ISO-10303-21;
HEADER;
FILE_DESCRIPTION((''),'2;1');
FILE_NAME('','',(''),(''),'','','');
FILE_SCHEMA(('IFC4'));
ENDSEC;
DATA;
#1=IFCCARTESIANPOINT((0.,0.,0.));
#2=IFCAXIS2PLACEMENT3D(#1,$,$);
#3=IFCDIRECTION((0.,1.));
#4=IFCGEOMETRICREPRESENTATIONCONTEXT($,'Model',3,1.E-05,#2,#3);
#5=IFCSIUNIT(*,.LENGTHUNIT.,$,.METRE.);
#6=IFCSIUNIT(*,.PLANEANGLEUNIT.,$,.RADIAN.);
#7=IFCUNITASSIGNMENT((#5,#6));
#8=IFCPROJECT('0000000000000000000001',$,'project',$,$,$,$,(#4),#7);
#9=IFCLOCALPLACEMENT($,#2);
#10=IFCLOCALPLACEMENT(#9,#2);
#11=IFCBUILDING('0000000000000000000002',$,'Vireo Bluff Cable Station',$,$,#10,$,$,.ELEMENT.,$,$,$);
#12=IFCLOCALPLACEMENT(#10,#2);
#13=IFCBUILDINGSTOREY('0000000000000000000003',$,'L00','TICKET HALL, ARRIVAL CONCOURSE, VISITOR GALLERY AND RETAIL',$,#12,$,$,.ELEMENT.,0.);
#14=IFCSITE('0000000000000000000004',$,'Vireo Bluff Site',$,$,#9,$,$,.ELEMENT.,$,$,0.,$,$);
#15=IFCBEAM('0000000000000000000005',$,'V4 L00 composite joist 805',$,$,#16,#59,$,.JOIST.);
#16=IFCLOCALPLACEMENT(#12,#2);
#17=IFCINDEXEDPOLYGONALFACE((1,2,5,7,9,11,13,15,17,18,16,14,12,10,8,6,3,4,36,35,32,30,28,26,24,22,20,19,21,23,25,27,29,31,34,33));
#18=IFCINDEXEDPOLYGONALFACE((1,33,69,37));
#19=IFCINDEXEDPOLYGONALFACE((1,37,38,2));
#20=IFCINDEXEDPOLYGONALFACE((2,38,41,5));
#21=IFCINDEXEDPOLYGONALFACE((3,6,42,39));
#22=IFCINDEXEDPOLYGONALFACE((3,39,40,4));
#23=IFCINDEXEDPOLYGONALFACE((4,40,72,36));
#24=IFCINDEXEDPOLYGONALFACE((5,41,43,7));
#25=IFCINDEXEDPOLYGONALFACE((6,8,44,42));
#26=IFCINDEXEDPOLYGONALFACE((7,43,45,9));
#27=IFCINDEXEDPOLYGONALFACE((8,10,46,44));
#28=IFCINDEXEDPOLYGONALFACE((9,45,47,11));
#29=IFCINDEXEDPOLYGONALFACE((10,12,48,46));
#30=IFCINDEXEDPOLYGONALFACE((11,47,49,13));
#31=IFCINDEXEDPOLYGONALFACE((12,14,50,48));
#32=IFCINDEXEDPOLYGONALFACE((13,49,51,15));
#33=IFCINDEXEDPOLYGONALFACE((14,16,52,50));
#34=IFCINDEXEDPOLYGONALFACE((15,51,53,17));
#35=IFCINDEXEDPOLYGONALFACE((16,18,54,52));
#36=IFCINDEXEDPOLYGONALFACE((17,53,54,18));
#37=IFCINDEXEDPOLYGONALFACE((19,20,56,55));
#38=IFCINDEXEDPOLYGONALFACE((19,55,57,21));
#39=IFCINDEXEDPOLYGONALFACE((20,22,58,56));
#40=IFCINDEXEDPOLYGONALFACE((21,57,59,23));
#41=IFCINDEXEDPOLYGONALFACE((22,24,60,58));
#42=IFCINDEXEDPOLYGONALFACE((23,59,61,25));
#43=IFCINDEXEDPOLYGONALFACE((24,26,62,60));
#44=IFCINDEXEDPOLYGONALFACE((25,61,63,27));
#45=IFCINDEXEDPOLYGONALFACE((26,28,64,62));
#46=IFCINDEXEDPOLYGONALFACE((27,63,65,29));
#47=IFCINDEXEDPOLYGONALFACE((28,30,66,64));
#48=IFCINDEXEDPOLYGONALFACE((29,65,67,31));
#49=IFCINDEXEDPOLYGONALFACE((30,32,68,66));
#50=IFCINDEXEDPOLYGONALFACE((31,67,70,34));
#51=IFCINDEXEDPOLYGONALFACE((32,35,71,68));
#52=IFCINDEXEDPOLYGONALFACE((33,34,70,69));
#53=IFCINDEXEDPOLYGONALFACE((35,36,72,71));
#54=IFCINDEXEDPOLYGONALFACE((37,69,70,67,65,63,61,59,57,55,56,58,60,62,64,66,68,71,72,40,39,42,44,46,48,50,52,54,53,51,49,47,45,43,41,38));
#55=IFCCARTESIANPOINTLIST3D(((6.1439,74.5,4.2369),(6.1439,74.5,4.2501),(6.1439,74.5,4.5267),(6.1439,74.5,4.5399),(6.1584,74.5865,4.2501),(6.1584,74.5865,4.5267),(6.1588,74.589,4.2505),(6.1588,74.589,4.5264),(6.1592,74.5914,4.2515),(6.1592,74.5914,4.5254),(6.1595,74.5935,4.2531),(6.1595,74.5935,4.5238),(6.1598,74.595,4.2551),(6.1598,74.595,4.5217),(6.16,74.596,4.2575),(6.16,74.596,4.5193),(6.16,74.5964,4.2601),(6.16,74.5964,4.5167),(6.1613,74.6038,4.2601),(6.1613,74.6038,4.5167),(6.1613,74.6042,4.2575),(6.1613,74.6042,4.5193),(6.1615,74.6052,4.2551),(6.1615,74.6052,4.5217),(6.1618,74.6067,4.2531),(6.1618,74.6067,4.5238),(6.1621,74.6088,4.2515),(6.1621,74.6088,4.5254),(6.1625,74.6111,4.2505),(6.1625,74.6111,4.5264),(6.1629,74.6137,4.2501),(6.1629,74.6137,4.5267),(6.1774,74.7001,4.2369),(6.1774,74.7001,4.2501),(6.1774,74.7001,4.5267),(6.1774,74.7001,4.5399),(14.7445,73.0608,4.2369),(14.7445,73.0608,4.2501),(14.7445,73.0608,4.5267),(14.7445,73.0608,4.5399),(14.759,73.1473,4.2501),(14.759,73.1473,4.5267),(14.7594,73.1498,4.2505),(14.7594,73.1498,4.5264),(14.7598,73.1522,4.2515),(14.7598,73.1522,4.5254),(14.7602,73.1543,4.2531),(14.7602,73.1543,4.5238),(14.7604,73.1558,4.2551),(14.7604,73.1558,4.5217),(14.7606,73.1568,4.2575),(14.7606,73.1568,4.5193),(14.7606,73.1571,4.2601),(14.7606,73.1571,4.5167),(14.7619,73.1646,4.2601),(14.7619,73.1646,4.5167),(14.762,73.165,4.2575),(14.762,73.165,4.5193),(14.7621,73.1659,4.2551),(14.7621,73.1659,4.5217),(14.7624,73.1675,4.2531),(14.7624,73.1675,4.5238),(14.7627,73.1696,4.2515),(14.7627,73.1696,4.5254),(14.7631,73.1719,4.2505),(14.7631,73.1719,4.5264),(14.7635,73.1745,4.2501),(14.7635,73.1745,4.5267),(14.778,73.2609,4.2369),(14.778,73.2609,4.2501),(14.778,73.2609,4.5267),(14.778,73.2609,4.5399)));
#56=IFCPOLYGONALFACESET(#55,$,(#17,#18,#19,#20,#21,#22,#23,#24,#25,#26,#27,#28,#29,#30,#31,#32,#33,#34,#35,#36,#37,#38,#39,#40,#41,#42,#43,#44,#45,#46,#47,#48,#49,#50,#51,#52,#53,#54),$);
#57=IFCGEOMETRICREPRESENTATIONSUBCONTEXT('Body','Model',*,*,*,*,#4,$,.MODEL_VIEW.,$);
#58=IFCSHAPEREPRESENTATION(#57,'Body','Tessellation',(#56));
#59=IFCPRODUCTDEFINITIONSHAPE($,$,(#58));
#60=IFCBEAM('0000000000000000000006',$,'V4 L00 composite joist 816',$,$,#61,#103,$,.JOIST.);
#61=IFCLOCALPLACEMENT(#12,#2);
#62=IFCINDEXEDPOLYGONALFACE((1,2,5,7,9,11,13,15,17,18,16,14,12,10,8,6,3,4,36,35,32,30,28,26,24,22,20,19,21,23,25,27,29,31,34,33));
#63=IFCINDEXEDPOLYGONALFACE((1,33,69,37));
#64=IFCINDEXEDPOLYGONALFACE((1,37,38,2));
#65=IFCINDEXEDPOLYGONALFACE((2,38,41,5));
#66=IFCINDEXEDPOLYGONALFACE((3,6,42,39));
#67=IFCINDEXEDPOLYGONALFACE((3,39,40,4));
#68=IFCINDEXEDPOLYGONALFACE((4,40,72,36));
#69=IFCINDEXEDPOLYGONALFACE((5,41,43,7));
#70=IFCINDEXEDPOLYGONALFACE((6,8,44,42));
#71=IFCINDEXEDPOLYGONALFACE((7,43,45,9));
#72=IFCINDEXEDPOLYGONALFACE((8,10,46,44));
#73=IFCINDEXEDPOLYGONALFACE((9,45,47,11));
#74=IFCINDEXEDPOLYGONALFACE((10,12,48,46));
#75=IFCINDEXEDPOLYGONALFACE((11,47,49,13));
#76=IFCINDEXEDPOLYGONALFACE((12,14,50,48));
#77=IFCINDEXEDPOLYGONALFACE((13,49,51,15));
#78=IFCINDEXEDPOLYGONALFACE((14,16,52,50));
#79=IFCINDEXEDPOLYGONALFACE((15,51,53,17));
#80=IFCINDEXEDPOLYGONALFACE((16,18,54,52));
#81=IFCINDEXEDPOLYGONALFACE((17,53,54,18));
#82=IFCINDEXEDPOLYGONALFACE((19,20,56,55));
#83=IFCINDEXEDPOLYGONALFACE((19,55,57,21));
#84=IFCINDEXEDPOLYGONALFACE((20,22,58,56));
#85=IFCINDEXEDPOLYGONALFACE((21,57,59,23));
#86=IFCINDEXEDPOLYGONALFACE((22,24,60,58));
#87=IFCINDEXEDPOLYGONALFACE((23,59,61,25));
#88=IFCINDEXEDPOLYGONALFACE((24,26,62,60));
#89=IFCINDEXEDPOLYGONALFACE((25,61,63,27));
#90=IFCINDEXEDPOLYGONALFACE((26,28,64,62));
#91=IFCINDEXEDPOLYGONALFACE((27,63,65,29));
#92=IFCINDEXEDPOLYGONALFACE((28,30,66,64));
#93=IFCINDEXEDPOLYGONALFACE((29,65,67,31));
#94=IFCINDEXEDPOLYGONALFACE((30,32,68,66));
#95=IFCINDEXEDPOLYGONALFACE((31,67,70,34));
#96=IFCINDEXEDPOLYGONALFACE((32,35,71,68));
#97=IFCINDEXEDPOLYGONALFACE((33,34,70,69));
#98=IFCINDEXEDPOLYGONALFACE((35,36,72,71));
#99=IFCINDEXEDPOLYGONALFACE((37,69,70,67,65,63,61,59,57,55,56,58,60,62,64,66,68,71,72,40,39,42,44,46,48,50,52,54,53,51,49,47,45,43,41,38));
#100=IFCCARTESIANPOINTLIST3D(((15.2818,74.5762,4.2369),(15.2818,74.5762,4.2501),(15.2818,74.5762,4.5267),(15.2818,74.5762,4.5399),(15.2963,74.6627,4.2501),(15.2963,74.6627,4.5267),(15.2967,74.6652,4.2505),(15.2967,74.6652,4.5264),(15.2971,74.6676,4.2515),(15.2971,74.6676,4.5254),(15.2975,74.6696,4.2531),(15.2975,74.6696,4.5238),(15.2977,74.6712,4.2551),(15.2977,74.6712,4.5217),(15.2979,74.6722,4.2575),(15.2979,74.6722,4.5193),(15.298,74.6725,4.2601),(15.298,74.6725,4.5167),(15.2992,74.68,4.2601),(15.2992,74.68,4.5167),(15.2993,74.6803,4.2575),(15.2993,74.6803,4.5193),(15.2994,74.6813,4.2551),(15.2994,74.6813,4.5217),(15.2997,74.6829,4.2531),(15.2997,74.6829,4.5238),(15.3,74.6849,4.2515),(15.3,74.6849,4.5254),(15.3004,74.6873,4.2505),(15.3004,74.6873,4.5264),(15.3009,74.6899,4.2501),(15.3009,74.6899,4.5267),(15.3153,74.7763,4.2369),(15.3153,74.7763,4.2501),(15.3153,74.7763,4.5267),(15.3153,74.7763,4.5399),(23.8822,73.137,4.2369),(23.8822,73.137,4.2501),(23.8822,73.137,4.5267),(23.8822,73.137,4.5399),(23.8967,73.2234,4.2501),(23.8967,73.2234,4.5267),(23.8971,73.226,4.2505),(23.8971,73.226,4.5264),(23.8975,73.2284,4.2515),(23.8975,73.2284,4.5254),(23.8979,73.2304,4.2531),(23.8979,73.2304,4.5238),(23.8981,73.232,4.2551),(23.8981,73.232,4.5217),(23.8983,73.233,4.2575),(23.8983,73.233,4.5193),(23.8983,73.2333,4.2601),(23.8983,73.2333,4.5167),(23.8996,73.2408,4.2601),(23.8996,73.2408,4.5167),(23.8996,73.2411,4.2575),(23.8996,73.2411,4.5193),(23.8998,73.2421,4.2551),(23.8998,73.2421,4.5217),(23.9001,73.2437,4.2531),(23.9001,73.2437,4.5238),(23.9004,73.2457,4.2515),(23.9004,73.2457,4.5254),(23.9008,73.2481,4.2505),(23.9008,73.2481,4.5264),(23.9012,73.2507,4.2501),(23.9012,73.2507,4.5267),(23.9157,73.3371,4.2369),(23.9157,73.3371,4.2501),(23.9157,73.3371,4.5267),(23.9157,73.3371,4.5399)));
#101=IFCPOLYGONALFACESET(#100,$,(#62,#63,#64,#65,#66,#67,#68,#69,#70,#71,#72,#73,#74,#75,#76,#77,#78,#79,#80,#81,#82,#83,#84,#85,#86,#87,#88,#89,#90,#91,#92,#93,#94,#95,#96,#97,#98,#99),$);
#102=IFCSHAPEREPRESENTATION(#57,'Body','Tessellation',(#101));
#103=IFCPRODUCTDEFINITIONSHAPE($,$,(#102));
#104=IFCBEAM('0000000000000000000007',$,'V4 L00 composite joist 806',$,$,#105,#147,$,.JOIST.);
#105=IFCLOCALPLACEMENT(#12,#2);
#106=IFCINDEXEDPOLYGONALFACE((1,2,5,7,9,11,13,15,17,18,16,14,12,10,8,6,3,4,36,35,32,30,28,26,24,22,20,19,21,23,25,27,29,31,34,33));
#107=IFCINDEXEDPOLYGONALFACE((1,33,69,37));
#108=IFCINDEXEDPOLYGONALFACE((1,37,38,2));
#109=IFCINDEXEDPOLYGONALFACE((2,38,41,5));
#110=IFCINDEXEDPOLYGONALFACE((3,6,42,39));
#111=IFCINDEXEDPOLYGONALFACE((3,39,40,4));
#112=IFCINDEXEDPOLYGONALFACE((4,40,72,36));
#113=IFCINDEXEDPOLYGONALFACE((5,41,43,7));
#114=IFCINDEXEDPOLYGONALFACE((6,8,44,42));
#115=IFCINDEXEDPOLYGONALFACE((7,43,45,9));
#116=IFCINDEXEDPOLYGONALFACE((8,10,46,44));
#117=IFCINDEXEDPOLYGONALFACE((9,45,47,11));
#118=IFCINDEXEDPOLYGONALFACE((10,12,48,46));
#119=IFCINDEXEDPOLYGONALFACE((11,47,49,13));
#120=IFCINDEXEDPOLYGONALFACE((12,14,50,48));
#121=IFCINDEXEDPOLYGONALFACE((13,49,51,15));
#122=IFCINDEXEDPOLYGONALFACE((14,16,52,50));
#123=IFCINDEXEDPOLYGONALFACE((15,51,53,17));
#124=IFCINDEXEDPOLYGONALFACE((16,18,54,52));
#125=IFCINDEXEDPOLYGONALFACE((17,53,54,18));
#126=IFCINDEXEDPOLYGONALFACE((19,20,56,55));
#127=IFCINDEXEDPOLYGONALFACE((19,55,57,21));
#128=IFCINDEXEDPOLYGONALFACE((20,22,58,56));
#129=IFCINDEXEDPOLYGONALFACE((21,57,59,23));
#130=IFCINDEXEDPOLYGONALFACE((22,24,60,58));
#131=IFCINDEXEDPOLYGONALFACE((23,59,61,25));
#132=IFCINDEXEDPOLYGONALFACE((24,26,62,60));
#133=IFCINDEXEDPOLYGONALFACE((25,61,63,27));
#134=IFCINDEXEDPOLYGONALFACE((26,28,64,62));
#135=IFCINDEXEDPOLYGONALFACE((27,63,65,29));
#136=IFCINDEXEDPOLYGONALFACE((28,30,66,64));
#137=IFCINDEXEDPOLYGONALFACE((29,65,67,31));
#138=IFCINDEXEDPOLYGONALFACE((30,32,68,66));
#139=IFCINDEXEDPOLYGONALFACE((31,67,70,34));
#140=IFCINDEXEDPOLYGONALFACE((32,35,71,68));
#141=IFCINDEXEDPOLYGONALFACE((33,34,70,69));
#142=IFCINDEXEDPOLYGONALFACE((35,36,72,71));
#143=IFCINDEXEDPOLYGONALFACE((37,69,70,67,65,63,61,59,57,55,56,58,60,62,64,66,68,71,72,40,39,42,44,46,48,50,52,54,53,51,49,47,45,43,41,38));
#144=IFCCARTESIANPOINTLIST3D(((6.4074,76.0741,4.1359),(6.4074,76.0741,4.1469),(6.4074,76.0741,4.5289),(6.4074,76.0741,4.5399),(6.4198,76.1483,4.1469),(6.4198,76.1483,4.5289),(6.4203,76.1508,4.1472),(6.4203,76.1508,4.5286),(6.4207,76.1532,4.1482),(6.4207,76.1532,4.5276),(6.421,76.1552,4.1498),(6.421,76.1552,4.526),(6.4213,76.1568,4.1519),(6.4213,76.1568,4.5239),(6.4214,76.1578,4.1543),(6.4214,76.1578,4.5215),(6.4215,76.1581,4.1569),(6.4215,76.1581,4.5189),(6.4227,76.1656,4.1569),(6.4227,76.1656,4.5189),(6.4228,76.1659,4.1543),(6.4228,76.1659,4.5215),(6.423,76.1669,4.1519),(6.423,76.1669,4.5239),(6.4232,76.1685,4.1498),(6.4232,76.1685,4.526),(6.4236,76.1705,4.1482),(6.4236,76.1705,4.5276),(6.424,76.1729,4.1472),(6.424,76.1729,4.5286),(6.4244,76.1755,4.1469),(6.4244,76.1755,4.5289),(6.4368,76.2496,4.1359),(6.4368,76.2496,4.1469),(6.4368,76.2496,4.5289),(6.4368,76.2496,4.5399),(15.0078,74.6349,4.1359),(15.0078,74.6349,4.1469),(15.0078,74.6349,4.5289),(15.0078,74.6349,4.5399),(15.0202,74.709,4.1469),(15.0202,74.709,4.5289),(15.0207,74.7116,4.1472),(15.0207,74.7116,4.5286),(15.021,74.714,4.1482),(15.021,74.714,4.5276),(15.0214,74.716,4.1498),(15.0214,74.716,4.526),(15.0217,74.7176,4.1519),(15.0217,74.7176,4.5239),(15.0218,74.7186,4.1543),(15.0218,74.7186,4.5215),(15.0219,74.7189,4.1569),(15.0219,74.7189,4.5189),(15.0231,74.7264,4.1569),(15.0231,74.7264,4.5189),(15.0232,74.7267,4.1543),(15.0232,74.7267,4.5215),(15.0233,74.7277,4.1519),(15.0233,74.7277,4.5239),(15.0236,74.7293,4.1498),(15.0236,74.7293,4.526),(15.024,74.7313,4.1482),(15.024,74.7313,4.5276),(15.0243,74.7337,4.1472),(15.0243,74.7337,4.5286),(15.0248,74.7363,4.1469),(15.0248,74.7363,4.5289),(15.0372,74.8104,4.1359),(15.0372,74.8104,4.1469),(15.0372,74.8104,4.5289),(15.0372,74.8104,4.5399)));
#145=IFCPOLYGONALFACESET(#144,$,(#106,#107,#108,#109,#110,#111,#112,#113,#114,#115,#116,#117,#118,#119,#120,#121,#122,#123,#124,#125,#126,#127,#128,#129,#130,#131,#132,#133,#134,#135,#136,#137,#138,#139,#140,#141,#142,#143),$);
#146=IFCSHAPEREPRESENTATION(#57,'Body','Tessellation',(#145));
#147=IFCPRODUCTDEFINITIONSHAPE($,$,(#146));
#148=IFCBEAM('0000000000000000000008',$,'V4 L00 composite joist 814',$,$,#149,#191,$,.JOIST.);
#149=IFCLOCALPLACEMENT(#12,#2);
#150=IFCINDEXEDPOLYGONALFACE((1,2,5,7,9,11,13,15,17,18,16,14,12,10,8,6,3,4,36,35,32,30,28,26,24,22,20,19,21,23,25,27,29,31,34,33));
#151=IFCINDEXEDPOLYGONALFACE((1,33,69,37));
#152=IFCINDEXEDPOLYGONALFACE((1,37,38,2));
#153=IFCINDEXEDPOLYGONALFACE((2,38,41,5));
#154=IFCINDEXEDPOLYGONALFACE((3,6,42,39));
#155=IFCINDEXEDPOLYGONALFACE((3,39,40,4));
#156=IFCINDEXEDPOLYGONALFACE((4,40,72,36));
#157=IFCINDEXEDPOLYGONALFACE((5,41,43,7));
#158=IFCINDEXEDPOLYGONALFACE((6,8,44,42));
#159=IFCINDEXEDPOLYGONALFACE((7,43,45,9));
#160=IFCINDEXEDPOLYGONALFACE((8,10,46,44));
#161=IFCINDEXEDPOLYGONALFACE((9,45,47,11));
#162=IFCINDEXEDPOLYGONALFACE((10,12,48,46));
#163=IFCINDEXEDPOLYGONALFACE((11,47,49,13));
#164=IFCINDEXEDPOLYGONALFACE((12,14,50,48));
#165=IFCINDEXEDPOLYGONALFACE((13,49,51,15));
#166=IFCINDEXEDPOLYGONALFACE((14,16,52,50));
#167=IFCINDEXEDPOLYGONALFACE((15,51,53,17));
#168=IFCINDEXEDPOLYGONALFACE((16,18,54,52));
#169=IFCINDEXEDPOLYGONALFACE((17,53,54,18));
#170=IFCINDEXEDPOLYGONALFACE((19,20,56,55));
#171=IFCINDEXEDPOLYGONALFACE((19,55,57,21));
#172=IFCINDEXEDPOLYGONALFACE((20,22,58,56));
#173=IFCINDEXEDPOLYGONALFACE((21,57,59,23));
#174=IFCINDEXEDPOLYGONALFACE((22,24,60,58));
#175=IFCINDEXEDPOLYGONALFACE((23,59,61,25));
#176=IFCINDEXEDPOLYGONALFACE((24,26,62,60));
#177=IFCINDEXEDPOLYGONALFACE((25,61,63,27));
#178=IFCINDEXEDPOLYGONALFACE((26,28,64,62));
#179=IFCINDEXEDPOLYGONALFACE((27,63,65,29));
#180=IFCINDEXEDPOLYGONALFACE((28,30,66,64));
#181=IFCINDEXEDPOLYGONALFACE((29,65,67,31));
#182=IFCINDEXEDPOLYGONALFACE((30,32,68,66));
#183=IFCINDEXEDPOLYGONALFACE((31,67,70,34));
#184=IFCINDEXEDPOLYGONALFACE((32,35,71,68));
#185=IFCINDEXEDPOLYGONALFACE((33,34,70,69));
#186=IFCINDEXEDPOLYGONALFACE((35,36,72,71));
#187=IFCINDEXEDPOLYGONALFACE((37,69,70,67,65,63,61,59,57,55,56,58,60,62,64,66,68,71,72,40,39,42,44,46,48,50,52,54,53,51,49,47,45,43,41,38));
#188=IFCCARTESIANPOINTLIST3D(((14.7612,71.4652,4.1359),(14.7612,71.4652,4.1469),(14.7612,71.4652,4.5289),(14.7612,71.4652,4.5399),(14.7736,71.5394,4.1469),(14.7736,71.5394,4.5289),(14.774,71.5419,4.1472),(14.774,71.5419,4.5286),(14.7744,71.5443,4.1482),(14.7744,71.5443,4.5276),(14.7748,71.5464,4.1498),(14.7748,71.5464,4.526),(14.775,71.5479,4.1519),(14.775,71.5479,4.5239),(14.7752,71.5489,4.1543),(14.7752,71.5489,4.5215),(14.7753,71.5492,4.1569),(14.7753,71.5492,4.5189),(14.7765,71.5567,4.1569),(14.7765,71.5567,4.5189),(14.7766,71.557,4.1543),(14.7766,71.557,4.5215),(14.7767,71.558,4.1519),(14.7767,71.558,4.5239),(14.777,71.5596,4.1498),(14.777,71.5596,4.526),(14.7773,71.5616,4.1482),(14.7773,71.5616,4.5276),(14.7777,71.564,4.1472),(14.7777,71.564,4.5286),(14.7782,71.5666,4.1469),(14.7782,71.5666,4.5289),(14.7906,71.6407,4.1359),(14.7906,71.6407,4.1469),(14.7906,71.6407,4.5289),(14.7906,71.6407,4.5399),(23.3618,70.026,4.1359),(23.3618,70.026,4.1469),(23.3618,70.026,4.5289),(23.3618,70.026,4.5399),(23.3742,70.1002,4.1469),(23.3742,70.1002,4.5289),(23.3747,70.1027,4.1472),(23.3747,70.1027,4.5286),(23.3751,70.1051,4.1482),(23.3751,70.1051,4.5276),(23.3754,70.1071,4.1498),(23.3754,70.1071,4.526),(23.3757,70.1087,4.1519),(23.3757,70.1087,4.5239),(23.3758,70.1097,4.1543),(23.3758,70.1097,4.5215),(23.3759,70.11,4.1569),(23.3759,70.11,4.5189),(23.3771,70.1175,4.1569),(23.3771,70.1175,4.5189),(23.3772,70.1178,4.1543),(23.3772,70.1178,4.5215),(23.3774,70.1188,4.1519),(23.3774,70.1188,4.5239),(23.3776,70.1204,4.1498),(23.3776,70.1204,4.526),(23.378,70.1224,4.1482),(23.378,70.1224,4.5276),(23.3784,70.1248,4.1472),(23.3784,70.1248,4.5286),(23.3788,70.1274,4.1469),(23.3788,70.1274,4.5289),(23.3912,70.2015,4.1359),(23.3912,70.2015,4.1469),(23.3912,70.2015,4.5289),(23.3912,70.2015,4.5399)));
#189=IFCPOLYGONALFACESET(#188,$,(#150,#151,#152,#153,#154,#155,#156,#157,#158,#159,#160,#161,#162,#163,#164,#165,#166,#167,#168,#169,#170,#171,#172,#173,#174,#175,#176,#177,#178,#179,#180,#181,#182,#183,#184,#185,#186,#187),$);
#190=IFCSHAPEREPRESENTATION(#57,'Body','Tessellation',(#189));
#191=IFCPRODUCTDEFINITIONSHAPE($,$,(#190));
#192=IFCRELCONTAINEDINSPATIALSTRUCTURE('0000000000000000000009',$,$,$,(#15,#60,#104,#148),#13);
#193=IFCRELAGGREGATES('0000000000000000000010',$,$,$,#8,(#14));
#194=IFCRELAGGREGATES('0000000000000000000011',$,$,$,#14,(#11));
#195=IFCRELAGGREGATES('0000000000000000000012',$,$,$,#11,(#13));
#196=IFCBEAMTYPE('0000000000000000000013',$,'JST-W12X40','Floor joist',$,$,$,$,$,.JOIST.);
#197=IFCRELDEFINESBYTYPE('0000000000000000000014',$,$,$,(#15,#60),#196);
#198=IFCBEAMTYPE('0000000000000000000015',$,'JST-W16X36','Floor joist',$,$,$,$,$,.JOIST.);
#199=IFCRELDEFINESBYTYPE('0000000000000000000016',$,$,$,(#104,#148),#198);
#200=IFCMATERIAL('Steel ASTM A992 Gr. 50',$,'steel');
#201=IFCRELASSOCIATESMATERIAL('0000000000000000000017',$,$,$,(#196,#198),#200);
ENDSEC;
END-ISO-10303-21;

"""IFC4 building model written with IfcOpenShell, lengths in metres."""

from ifc_helpers import new_model, si_unit, direction, frame, origin, origin_2d, place, context, subcontext, project, spatial, i_section, extrude, material, material_profile, profile_set, type_object, element, save


model = new_model("IFC4")

# Units and contexts
model_context = context("Model", 3, precision=1e-05, world=origin(), true_north=direction((0.0, 1.0)))
body_context = subcontext(model_context, "Body", "Model", "MODEL_VIEW")
ifc_project = project(units=[si_unit("LENGTHUNIT", "METRE"), si_unit("PLANEANGLEUNIT", "RADIAN")], contexts=[model_context])

# Site, building, storey
site_placement = place(None, origin())
site = spatial("IfcSite", under=ifc_project, at=site_placement, Name="Vireo Bluff Site", CompositionType="ELEMENT", RefElevation=0.0)
building_placement = place(site_placement, origin())
building = spatial("IfcBuilding", under=site, at=building_placement, Name="Vireo Bluff Cable Station", CompositionType="ELEMENT")
storey_placement = place(building_placement, origin())
storey = spatial("IfcBuildingStorey", under=building, at=storey_placement, Name="L00", Description="TICKET HALL, ARRIVAL CONCOURSE, VISITOR GALLERY AND RETAIL", CompositionType="ELEMENT", Elevation=0.0)

# Shared definitions
ifc_material_1 = material(Name="Steel ASTM A992 Gr. 50", Category="steel")

# Beams
ifc_material_profile_1 = material_profile(ifc_material_1, i_section(OverallWidth=0.2029, OverallDepth=0.303, WebThickness=0.0076, FlangeThickness=0.0132, FilletRadius=0.01, at=origin_2d()), Name="W12X40")
ifc_profile_set_1 = profile_set([ifc_material_profile_1], Name="Steel ASTM A992 Gr. 50")
beam_type_1 = type_object("IfcBeamType", Name="JST-W12X40", Description="Floor joist", PredefinedType="JOIST", material=ifc_profile_set_1)
beam_1_placement = place(storey_placement, frame((6.1606, 74.6001, 4.3884), z_axis=(0.986286, -0.165044, 0.0), x_axis=(0.165044, 0.986286, 0.0)))
element("IfcBeam", 1, at=beam_1_placement, inside=storey, type_object=beam_type_1, Name="V4 L00 composite joist 805", PredefinedType="JOIST", context=body_context, shape_type="SweptSolid", body=[
    extrude(i_section(OverallWidth=0.2029, OverallDepth=0.303, WebThickness=0.0076, FlangeThickness=0.0132, FilletRadius=0.01, at=origin_2d()), origin(), (0.0, 0.0, 1.0), 8.7202),
])
beam_2_placement = place(storey_placement, frame((15.2986, 74.6763, 4.3884), z_axis=(0.986286, -0.165048, 0.0), x_axis=(0.165048, 0.986286, 0.0)))
element("IfcBeam", 2, at=beam_2_placement, inside=storey, type_object=beam_type_1, Name="V4 L00 composite joist 816", PredefinedType="JOIST", context=body_context, shape_type="SweptSolid", body=[
    extrude(i_section(OverallWidth=0.2029, OverallDepth=0.303, WebThickness=0.0076, FlangeThickness=0.0132, FilletRadius=0.01, at=origin_2d()), origin(), (0.0, 0.0, 1.0), 8.72),
])
ifc_material_profile_2 = material_profile(ifc_material_1, i_section(OverallWidth=0.178, OverallDepth=0.4041, WebThickness=0.0076, FlangeThickness=0.011, FilletRadius=0.01, at=origin_2d()), Name="W16X36")
ifc_profile_set_2 = profile_set([ifc_material_profile_2], Name="Steel ASTM A992 Gr. 50")
beam_type_2 = type_object("IfcBeamType", Name="JST-W16X36", Description="Floor joist", PredefinedType="JOIST", material=ifc_profile_set_2)
beam_3_placement = place(storey_placement, frame((6.4221, 76.1619, 4.3379), z_axis=(0.986286, -0.165048, 0.0), x_axis=(0.165048, 0.986286, 0.0)))
element("IfcBeam", 3, at=beam_3_placement, inside=storey, type_object=beam_type_2, Name="V4 L00 composite joist 806", PredefinedType="JOIST", context=body_context, shape_type="SweptSolid", body=[
    extrude(i_section(OverallWidth=0.178, OverallDepth=0.4041, WebThickness=0.0076, FlangeThickness=0.011, FilletRadius=0.01, at=origin_2d()), origin(), (0.0, 0.0, 1.0), 8.72),
])
beam_4_placement = place(storey_placement, frame((14.7759, 71.553, 4.3379), z_axis=(0.986286, -0.165044, 0.0), x_axis=(0.165044, 0.986286, 0.0)))
element("IfcBeam", 4, at=beam_4_placement, inside=storey, type_object=beam_type_2, Name="V4 L00 composite joist 814", PredefinedType="JOIST", context=body_context, shape_type="SweptSolid", body=[
    extrude(i_section(OverallWidth=0.178, OverallDepth=0.4041, WebThickness=0.0076, FlangeThickness=0.011, FilletRadius=0.01, at=origin_2d()), origin(), (0.0, 0.0, 1.0), 8.7202),
])

save(model, "model.ifc")
